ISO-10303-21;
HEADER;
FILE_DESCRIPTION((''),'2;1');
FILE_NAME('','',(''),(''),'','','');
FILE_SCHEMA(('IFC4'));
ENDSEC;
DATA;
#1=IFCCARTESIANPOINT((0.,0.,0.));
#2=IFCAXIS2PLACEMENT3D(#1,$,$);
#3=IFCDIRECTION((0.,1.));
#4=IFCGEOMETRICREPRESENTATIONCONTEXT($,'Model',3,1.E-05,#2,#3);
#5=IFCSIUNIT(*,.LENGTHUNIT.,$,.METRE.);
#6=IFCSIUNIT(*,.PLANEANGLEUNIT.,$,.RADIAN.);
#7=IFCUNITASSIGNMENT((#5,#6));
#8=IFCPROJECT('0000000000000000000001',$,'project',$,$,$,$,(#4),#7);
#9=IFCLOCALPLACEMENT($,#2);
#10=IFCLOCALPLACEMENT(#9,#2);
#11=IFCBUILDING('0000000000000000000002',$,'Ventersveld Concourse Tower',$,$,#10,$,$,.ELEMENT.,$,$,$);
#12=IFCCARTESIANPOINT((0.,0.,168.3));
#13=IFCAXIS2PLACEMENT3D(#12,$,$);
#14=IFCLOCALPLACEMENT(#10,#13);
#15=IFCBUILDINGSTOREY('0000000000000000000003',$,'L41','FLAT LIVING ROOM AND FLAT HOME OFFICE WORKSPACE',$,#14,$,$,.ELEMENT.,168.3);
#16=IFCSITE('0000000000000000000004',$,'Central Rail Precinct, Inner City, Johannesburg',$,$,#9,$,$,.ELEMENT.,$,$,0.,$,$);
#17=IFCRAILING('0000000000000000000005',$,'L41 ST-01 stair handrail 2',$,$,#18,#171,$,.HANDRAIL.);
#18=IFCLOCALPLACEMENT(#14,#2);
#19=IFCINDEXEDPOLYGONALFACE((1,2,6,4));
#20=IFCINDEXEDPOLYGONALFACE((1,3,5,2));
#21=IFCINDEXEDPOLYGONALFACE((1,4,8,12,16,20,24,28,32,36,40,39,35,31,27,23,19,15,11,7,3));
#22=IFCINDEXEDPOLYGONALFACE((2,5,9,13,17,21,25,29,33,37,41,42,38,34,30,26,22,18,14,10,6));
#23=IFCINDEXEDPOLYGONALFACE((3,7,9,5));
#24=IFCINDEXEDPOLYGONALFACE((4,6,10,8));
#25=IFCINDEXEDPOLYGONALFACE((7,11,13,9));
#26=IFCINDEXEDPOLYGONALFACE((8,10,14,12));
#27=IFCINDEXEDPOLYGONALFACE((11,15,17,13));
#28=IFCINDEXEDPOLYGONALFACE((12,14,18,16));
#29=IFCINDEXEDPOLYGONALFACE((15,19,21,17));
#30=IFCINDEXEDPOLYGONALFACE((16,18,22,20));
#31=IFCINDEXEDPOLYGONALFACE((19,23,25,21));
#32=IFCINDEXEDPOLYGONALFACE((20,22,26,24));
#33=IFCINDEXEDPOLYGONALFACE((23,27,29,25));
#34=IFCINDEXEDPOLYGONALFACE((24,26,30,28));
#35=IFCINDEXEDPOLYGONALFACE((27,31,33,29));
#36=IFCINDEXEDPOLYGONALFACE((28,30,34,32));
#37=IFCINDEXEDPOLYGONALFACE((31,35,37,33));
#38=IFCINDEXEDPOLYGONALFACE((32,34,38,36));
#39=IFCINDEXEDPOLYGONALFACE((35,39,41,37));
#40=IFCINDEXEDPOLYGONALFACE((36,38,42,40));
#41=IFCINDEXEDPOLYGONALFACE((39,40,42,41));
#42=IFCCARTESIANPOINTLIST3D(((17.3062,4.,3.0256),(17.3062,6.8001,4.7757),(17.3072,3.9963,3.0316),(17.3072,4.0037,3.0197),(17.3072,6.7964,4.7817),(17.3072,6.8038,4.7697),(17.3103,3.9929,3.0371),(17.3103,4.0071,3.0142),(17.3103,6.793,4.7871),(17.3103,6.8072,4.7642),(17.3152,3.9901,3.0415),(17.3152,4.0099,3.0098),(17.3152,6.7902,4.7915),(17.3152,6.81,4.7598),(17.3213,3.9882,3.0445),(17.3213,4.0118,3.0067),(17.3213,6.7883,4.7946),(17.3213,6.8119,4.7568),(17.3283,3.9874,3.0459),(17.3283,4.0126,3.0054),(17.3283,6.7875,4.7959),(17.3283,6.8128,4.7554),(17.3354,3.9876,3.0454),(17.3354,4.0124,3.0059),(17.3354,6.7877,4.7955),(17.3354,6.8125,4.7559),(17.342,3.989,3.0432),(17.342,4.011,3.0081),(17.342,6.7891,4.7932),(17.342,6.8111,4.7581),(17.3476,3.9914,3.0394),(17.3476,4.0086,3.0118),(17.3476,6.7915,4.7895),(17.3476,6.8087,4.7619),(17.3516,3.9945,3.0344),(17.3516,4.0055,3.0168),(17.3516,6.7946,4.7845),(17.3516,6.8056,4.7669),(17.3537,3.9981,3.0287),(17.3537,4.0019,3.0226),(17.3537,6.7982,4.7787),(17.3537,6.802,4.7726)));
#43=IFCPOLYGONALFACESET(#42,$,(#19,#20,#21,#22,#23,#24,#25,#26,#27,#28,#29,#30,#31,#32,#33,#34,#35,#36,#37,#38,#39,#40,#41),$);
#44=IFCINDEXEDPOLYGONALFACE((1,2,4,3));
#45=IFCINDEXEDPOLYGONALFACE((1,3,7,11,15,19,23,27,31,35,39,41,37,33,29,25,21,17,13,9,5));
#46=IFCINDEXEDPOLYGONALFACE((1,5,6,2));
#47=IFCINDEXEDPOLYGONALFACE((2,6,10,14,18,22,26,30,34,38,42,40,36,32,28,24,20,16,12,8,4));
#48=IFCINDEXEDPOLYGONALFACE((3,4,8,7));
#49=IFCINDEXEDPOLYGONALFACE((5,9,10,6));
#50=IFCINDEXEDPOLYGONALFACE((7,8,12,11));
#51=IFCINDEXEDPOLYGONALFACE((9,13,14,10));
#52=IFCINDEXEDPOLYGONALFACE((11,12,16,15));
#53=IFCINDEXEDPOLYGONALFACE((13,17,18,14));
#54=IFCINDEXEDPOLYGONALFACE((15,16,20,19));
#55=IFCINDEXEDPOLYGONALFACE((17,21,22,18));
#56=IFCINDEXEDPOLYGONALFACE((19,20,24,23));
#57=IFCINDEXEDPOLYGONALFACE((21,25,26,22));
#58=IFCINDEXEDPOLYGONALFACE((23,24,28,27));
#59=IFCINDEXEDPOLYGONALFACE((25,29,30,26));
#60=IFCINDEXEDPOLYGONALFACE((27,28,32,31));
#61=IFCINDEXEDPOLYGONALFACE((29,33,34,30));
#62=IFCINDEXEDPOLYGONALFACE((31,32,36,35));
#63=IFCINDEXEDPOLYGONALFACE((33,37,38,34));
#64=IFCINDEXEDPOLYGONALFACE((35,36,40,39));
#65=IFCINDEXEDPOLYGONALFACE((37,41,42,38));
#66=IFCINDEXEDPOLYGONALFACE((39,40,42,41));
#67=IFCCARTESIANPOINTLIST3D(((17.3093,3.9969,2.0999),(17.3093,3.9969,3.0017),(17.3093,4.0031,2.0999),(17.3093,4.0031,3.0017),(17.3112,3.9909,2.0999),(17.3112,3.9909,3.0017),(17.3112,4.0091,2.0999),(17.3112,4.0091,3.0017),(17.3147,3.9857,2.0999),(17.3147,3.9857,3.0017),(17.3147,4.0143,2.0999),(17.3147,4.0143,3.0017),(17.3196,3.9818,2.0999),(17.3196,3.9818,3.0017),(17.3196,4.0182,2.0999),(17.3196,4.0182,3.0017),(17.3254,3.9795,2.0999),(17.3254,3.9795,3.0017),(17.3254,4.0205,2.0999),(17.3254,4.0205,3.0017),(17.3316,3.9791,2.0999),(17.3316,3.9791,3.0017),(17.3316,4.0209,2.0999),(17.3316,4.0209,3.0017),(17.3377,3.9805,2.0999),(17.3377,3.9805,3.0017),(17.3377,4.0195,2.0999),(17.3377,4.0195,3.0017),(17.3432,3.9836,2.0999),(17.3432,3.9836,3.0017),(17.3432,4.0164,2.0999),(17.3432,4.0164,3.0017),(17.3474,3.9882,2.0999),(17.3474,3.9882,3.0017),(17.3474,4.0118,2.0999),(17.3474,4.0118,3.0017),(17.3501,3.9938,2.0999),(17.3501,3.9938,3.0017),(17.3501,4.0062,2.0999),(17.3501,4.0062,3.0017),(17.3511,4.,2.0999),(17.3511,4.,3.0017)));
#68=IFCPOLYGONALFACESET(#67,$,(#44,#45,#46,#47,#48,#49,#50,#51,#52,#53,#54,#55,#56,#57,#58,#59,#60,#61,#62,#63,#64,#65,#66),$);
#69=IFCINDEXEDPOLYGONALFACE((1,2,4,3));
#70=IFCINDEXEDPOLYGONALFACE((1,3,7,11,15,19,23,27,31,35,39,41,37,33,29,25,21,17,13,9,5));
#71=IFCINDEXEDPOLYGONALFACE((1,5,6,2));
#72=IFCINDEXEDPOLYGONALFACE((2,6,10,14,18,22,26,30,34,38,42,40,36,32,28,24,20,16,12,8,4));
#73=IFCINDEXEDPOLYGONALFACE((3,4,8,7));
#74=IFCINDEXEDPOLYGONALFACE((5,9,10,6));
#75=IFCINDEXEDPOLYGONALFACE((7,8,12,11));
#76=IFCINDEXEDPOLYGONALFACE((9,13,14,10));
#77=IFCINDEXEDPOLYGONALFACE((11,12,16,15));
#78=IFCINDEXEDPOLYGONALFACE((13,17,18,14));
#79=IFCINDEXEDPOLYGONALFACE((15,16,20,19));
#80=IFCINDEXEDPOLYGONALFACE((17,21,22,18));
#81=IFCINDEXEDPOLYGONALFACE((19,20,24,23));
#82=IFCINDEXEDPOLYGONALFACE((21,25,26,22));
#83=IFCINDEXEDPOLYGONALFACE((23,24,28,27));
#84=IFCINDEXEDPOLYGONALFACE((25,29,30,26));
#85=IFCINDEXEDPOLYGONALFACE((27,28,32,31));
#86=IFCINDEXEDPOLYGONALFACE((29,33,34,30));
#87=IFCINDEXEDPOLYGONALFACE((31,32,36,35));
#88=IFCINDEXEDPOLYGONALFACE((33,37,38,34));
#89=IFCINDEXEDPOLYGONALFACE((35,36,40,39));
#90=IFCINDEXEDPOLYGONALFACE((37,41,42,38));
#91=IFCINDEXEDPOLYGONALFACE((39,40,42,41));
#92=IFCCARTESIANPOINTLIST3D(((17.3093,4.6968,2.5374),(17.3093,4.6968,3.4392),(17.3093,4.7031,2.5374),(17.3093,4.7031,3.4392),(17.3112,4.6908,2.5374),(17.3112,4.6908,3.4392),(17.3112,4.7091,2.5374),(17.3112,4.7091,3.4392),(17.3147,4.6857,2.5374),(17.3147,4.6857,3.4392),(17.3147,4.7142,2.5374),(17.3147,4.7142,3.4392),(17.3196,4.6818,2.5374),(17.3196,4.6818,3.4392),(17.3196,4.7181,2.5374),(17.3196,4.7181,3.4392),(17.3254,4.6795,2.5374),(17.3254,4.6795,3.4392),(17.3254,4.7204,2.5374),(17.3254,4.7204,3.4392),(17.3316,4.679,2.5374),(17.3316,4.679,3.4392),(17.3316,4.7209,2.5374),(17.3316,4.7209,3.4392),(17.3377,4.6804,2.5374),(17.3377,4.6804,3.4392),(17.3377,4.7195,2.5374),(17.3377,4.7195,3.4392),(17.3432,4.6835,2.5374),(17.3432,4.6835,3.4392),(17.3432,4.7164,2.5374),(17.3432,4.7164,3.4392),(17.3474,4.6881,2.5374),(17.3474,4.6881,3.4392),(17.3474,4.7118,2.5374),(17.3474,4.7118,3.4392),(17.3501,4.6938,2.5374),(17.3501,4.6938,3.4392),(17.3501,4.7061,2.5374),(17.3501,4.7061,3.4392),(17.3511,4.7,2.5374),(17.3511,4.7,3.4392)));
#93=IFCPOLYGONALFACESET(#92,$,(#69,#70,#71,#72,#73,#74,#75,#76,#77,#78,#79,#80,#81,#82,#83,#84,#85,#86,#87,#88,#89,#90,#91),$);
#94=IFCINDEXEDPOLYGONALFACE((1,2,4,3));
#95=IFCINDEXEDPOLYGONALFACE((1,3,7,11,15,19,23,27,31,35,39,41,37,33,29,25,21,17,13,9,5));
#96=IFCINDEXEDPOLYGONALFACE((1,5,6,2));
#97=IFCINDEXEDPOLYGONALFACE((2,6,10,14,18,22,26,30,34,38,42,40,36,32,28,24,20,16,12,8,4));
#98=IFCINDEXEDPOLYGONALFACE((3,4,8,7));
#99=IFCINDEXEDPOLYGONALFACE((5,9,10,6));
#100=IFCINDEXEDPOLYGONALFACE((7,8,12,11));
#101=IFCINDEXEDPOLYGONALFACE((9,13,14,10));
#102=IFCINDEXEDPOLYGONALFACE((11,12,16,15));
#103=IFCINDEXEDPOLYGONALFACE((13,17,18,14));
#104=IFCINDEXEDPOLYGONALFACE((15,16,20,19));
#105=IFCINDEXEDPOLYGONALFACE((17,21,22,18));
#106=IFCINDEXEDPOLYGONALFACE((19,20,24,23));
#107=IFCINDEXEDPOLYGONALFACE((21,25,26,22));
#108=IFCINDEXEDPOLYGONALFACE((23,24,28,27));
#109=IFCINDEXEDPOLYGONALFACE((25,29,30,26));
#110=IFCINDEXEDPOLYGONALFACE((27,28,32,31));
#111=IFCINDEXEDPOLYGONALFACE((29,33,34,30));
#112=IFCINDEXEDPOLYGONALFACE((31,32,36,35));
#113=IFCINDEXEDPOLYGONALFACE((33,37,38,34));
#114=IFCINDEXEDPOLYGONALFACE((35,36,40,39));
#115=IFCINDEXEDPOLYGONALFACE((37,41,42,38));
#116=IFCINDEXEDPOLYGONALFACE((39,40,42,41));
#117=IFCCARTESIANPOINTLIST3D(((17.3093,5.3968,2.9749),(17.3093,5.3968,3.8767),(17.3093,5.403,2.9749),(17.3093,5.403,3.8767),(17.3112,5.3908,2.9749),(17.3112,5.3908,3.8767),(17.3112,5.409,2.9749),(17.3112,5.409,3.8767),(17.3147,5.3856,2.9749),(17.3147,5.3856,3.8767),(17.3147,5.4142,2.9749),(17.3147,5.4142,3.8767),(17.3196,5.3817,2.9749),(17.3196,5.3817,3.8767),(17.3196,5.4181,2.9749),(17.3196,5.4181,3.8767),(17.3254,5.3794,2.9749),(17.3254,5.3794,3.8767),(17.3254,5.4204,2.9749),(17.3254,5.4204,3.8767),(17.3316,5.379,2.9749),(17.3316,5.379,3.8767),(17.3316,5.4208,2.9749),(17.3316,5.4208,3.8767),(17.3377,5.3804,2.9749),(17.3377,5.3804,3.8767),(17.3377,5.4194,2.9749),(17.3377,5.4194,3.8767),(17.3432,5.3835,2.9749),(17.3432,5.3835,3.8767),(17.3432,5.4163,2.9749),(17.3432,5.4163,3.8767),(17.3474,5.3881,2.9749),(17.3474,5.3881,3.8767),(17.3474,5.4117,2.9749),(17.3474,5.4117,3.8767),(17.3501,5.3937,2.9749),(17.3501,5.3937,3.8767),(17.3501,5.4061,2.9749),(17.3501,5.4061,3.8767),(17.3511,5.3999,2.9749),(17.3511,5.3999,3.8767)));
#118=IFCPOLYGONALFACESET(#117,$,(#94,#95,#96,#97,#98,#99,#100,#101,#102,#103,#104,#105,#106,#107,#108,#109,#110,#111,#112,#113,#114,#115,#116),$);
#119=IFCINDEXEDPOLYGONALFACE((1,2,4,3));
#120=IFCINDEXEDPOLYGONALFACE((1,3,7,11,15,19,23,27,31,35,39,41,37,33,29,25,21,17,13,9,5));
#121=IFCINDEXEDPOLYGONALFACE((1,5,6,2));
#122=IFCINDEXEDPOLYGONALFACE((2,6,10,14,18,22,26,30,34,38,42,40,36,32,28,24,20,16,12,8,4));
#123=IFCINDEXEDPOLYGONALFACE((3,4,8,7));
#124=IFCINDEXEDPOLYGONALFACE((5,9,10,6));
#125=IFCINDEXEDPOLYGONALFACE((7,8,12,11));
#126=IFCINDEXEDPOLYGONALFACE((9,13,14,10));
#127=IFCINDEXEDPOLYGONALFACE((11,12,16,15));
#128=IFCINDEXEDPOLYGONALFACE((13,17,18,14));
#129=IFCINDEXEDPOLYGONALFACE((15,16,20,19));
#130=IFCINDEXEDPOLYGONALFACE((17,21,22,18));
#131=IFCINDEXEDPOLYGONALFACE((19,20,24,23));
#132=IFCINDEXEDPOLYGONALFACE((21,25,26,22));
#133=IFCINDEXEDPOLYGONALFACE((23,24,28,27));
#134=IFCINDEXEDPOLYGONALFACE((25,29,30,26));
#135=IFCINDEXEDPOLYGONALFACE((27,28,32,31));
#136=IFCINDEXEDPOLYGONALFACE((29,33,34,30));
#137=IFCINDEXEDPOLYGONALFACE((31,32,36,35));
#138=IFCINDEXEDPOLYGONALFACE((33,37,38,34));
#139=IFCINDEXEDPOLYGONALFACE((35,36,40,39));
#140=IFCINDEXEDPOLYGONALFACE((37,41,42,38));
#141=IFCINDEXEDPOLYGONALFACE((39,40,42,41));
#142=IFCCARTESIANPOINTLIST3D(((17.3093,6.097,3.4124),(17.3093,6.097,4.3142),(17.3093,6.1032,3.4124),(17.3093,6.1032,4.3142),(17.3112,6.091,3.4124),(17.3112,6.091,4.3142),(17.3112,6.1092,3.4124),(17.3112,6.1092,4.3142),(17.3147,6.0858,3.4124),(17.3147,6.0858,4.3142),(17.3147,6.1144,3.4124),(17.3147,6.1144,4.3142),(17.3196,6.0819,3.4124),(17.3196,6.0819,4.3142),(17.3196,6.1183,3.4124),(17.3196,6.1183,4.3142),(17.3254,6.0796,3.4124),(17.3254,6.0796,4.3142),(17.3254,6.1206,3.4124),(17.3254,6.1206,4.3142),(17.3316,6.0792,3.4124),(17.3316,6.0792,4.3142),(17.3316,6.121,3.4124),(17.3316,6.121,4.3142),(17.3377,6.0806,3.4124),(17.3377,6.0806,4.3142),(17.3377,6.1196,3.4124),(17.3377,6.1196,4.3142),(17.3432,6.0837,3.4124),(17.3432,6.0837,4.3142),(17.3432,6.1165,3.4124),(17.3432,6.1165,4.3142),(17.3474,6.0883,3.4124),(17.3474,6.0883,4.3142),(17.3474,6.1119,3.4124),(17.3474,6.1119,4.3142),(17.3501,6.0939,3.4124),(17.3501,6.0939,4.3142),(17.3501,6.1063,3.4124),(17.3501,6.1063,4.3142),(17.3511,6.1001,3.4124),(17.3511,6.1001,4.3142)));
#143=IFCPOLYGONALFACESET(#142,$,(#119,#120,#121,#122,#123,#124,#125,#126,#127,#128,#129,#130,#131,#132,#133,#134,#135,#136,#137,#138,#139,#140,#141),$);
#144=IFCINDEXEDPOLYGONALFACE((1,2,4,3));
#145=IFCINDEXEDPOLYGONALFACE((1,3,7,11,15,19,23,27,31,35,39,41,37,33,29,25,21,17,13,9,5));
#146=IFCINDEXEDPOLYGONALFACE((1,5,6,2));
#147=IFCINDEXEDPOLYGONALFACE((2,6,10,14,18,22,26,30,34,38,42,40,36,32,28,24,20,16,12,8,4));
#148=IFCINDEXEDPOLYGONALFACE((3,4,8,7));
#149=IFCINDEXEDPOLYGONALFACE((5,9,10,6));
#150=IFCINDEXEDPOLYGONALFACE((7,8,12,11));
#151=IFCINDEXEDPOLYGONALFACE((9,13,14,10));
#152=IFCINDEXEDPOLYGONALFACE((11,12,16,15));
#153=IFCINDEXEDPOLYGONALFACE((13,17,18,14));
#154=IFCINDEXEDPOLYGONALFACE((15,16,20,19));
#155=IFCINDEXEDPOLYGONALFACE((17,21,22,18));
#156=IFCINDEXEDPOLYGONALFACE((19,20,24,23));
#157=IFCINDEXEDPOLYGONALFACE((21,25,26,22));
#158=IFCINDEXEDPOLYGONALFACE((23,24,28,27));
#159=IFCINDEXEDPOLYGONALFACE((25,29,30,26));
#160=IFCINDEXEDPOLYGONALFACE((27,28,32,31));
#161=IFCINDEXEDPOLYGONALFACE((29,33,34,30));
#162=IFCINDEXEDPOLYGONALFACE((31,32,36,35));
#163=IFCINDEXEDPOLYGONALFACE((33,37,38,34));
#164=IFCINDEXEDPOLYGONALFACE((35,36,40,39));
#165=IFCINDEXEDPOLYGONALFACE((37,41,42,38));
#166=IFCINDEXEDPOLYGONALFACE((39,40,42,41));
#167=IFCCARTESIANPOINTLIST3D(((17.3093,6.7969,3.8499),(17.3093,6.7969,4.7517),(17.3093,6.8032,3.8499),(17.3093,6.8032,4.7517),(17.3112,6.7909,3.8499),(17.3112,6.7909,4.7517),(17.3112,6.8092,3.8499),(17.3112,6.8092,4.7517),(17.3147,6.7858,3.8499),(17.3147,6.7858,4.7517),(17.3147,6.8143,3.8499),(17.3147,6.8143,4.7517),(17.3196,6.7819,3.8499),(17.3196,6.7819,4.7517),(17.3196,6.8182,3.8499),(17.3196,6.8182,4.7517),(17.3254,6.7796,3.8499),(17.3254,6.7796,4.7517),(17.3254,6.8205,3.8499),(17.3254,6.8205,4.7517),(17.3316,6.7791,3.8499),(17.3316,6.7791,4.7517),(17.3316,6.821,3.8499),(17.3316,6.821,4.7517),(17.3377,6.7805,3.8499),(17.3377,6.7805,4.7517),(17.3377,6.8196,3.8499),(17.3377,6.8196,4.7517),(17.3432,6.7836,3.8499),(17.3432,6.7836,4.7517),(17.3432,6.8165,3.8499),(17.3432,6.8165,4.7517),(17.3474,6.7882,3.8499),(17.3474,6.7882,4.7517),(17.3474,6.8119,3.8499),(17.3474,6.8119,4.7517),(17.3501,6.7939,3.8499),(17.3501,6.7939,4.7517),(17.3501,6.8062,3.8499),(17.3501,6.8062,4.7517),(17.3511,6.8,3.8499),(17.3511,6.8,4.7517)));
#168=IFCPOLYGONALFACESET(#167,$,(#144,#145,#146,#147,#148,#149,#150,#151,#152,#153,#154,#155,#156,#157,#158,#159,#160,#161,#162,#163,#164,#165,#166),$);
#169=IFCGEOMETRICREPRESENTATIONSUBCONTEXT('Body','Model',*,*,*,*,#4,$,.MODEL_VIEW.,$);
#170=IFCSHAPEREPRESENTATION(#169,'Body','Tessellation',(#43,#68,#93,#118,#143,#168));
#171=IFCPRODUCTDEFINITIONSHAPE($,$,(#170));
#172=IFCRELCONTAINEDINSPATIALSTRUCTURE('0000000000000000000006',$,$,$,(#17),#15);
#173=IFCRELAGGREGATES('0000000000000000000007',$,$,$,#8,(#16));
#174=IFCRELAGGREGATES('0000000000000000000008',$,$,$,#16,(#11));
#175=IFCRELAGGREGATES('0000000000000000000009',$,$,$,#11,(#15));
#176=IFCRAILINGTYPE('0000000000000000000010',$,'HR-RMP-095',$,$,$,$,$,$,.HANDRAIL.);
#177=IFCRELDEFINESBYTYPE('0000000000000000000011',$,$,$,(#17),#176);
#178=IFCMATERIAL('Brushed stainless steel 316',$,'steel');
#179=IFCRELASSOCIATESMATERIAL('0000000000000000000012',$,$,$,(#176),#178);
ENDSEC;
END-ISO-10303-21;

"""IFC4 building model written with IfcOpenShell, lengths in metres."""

from ifc_helpers import new_model, si_unit, direction, frame, origin, origin_2d, place, context, subcontext, project, spatial, circle, extrude, material, type_object, element, save


model = new_model("IFC4")

# Units and contexts
model_context = context("Model", 3, precision=1e-05, world=origin(), true_north=direction((0.0, 1.0)))
body_context = subcontext(model_context, "Body", "Model", "MODEL_VIEW")
ifc_project = project(units=[si_unit("LENGTHUNIT", "METRE"), si_unit("PLANEANGLEUNIT", "RADIAN")], contexts=[model_context])

# Site, building, storey
site_placement = place(None, origin())
site = spatial("IfcSite", under=ifc_project, at=site_placement, Name="Central Rail Precinct, Inner City, Johannesburg", CompositionType="ELEMENT", RefElevation=0.0)
building_placement = place(site_placement, origin())
building = spatial("IfcBuilding", under=site, at=building_placement, Name="Ventersveld Concourse Tower", CompositionType="ELEMENT")
storey_placement = place(building_placement, frame((0.0, 0.0, 168.3)))
storey = spatial("IfcBuildingStorey", under=building, at=storey_placement, Name="L41", Description="FLAT LIVING ROOM AND FLAT HOME OFFICE WORKSPACE", CompositionType="ELEMENT", Elevation=168.3)

# Railing
ifc_material_1 = material(Name="Brushed stainless steel 316", Category="steel")
railing_type_1 = type_object("IfcRailingType", Name="HR-RMP-095", PredefinedType="HANDRAIL", material=ifc_material_1)
railing_1_placement = place(storey_placement, frame((17.3301, 4.0, 2.0999)))
element("IfcRailing", 1, at=railing_1_placement, inside=storey, type_object=railing_type_1, Name="L41 ST-01 stair handrail 2", PredefinedType="HANDRAIL", context=body_context, shape_type="SweptSolid", body=[
    extrude(circle(Radius=0.0239, at=origin_2d()), frame((0.0, 0.0, 0.9258), z_axis=(0.0, 0.848002, 0.529992), x_axis=(-1.0, 0.0, 0.0)), (0.0, 0.0, 1.0), 3.302),
    extrude(circle(Radius=0.021, at=origin_2d()), origin(), (0.0, 0.0, 1.0), 0.9019),
    extrude(circle(Radius=0.021, at=origin_2d()), frame((0.0, 0.7, 0.4375)), (0.0, 0.0, 1.0), 0.9019),
    extrude(circle(Radius=0.021, at=origin_2d()), frame((0.0, 1.3999, 0.875)), (0.0, 0.0, 1.0), 0.9019),
    extrude(circle(Radius=0.021, at=origin_2d()), frame((0.0, 2.1001, 1.3125)), (0.0, 0.0, 1.0), 0.9019),
    extrude(circle(Radius=0.021, at=origin_2d()), frame((0.0, 2.8, 1.75)), (0.0, 0.0, 1.0), 0.9019),
])

save(model, "model.ifc")
